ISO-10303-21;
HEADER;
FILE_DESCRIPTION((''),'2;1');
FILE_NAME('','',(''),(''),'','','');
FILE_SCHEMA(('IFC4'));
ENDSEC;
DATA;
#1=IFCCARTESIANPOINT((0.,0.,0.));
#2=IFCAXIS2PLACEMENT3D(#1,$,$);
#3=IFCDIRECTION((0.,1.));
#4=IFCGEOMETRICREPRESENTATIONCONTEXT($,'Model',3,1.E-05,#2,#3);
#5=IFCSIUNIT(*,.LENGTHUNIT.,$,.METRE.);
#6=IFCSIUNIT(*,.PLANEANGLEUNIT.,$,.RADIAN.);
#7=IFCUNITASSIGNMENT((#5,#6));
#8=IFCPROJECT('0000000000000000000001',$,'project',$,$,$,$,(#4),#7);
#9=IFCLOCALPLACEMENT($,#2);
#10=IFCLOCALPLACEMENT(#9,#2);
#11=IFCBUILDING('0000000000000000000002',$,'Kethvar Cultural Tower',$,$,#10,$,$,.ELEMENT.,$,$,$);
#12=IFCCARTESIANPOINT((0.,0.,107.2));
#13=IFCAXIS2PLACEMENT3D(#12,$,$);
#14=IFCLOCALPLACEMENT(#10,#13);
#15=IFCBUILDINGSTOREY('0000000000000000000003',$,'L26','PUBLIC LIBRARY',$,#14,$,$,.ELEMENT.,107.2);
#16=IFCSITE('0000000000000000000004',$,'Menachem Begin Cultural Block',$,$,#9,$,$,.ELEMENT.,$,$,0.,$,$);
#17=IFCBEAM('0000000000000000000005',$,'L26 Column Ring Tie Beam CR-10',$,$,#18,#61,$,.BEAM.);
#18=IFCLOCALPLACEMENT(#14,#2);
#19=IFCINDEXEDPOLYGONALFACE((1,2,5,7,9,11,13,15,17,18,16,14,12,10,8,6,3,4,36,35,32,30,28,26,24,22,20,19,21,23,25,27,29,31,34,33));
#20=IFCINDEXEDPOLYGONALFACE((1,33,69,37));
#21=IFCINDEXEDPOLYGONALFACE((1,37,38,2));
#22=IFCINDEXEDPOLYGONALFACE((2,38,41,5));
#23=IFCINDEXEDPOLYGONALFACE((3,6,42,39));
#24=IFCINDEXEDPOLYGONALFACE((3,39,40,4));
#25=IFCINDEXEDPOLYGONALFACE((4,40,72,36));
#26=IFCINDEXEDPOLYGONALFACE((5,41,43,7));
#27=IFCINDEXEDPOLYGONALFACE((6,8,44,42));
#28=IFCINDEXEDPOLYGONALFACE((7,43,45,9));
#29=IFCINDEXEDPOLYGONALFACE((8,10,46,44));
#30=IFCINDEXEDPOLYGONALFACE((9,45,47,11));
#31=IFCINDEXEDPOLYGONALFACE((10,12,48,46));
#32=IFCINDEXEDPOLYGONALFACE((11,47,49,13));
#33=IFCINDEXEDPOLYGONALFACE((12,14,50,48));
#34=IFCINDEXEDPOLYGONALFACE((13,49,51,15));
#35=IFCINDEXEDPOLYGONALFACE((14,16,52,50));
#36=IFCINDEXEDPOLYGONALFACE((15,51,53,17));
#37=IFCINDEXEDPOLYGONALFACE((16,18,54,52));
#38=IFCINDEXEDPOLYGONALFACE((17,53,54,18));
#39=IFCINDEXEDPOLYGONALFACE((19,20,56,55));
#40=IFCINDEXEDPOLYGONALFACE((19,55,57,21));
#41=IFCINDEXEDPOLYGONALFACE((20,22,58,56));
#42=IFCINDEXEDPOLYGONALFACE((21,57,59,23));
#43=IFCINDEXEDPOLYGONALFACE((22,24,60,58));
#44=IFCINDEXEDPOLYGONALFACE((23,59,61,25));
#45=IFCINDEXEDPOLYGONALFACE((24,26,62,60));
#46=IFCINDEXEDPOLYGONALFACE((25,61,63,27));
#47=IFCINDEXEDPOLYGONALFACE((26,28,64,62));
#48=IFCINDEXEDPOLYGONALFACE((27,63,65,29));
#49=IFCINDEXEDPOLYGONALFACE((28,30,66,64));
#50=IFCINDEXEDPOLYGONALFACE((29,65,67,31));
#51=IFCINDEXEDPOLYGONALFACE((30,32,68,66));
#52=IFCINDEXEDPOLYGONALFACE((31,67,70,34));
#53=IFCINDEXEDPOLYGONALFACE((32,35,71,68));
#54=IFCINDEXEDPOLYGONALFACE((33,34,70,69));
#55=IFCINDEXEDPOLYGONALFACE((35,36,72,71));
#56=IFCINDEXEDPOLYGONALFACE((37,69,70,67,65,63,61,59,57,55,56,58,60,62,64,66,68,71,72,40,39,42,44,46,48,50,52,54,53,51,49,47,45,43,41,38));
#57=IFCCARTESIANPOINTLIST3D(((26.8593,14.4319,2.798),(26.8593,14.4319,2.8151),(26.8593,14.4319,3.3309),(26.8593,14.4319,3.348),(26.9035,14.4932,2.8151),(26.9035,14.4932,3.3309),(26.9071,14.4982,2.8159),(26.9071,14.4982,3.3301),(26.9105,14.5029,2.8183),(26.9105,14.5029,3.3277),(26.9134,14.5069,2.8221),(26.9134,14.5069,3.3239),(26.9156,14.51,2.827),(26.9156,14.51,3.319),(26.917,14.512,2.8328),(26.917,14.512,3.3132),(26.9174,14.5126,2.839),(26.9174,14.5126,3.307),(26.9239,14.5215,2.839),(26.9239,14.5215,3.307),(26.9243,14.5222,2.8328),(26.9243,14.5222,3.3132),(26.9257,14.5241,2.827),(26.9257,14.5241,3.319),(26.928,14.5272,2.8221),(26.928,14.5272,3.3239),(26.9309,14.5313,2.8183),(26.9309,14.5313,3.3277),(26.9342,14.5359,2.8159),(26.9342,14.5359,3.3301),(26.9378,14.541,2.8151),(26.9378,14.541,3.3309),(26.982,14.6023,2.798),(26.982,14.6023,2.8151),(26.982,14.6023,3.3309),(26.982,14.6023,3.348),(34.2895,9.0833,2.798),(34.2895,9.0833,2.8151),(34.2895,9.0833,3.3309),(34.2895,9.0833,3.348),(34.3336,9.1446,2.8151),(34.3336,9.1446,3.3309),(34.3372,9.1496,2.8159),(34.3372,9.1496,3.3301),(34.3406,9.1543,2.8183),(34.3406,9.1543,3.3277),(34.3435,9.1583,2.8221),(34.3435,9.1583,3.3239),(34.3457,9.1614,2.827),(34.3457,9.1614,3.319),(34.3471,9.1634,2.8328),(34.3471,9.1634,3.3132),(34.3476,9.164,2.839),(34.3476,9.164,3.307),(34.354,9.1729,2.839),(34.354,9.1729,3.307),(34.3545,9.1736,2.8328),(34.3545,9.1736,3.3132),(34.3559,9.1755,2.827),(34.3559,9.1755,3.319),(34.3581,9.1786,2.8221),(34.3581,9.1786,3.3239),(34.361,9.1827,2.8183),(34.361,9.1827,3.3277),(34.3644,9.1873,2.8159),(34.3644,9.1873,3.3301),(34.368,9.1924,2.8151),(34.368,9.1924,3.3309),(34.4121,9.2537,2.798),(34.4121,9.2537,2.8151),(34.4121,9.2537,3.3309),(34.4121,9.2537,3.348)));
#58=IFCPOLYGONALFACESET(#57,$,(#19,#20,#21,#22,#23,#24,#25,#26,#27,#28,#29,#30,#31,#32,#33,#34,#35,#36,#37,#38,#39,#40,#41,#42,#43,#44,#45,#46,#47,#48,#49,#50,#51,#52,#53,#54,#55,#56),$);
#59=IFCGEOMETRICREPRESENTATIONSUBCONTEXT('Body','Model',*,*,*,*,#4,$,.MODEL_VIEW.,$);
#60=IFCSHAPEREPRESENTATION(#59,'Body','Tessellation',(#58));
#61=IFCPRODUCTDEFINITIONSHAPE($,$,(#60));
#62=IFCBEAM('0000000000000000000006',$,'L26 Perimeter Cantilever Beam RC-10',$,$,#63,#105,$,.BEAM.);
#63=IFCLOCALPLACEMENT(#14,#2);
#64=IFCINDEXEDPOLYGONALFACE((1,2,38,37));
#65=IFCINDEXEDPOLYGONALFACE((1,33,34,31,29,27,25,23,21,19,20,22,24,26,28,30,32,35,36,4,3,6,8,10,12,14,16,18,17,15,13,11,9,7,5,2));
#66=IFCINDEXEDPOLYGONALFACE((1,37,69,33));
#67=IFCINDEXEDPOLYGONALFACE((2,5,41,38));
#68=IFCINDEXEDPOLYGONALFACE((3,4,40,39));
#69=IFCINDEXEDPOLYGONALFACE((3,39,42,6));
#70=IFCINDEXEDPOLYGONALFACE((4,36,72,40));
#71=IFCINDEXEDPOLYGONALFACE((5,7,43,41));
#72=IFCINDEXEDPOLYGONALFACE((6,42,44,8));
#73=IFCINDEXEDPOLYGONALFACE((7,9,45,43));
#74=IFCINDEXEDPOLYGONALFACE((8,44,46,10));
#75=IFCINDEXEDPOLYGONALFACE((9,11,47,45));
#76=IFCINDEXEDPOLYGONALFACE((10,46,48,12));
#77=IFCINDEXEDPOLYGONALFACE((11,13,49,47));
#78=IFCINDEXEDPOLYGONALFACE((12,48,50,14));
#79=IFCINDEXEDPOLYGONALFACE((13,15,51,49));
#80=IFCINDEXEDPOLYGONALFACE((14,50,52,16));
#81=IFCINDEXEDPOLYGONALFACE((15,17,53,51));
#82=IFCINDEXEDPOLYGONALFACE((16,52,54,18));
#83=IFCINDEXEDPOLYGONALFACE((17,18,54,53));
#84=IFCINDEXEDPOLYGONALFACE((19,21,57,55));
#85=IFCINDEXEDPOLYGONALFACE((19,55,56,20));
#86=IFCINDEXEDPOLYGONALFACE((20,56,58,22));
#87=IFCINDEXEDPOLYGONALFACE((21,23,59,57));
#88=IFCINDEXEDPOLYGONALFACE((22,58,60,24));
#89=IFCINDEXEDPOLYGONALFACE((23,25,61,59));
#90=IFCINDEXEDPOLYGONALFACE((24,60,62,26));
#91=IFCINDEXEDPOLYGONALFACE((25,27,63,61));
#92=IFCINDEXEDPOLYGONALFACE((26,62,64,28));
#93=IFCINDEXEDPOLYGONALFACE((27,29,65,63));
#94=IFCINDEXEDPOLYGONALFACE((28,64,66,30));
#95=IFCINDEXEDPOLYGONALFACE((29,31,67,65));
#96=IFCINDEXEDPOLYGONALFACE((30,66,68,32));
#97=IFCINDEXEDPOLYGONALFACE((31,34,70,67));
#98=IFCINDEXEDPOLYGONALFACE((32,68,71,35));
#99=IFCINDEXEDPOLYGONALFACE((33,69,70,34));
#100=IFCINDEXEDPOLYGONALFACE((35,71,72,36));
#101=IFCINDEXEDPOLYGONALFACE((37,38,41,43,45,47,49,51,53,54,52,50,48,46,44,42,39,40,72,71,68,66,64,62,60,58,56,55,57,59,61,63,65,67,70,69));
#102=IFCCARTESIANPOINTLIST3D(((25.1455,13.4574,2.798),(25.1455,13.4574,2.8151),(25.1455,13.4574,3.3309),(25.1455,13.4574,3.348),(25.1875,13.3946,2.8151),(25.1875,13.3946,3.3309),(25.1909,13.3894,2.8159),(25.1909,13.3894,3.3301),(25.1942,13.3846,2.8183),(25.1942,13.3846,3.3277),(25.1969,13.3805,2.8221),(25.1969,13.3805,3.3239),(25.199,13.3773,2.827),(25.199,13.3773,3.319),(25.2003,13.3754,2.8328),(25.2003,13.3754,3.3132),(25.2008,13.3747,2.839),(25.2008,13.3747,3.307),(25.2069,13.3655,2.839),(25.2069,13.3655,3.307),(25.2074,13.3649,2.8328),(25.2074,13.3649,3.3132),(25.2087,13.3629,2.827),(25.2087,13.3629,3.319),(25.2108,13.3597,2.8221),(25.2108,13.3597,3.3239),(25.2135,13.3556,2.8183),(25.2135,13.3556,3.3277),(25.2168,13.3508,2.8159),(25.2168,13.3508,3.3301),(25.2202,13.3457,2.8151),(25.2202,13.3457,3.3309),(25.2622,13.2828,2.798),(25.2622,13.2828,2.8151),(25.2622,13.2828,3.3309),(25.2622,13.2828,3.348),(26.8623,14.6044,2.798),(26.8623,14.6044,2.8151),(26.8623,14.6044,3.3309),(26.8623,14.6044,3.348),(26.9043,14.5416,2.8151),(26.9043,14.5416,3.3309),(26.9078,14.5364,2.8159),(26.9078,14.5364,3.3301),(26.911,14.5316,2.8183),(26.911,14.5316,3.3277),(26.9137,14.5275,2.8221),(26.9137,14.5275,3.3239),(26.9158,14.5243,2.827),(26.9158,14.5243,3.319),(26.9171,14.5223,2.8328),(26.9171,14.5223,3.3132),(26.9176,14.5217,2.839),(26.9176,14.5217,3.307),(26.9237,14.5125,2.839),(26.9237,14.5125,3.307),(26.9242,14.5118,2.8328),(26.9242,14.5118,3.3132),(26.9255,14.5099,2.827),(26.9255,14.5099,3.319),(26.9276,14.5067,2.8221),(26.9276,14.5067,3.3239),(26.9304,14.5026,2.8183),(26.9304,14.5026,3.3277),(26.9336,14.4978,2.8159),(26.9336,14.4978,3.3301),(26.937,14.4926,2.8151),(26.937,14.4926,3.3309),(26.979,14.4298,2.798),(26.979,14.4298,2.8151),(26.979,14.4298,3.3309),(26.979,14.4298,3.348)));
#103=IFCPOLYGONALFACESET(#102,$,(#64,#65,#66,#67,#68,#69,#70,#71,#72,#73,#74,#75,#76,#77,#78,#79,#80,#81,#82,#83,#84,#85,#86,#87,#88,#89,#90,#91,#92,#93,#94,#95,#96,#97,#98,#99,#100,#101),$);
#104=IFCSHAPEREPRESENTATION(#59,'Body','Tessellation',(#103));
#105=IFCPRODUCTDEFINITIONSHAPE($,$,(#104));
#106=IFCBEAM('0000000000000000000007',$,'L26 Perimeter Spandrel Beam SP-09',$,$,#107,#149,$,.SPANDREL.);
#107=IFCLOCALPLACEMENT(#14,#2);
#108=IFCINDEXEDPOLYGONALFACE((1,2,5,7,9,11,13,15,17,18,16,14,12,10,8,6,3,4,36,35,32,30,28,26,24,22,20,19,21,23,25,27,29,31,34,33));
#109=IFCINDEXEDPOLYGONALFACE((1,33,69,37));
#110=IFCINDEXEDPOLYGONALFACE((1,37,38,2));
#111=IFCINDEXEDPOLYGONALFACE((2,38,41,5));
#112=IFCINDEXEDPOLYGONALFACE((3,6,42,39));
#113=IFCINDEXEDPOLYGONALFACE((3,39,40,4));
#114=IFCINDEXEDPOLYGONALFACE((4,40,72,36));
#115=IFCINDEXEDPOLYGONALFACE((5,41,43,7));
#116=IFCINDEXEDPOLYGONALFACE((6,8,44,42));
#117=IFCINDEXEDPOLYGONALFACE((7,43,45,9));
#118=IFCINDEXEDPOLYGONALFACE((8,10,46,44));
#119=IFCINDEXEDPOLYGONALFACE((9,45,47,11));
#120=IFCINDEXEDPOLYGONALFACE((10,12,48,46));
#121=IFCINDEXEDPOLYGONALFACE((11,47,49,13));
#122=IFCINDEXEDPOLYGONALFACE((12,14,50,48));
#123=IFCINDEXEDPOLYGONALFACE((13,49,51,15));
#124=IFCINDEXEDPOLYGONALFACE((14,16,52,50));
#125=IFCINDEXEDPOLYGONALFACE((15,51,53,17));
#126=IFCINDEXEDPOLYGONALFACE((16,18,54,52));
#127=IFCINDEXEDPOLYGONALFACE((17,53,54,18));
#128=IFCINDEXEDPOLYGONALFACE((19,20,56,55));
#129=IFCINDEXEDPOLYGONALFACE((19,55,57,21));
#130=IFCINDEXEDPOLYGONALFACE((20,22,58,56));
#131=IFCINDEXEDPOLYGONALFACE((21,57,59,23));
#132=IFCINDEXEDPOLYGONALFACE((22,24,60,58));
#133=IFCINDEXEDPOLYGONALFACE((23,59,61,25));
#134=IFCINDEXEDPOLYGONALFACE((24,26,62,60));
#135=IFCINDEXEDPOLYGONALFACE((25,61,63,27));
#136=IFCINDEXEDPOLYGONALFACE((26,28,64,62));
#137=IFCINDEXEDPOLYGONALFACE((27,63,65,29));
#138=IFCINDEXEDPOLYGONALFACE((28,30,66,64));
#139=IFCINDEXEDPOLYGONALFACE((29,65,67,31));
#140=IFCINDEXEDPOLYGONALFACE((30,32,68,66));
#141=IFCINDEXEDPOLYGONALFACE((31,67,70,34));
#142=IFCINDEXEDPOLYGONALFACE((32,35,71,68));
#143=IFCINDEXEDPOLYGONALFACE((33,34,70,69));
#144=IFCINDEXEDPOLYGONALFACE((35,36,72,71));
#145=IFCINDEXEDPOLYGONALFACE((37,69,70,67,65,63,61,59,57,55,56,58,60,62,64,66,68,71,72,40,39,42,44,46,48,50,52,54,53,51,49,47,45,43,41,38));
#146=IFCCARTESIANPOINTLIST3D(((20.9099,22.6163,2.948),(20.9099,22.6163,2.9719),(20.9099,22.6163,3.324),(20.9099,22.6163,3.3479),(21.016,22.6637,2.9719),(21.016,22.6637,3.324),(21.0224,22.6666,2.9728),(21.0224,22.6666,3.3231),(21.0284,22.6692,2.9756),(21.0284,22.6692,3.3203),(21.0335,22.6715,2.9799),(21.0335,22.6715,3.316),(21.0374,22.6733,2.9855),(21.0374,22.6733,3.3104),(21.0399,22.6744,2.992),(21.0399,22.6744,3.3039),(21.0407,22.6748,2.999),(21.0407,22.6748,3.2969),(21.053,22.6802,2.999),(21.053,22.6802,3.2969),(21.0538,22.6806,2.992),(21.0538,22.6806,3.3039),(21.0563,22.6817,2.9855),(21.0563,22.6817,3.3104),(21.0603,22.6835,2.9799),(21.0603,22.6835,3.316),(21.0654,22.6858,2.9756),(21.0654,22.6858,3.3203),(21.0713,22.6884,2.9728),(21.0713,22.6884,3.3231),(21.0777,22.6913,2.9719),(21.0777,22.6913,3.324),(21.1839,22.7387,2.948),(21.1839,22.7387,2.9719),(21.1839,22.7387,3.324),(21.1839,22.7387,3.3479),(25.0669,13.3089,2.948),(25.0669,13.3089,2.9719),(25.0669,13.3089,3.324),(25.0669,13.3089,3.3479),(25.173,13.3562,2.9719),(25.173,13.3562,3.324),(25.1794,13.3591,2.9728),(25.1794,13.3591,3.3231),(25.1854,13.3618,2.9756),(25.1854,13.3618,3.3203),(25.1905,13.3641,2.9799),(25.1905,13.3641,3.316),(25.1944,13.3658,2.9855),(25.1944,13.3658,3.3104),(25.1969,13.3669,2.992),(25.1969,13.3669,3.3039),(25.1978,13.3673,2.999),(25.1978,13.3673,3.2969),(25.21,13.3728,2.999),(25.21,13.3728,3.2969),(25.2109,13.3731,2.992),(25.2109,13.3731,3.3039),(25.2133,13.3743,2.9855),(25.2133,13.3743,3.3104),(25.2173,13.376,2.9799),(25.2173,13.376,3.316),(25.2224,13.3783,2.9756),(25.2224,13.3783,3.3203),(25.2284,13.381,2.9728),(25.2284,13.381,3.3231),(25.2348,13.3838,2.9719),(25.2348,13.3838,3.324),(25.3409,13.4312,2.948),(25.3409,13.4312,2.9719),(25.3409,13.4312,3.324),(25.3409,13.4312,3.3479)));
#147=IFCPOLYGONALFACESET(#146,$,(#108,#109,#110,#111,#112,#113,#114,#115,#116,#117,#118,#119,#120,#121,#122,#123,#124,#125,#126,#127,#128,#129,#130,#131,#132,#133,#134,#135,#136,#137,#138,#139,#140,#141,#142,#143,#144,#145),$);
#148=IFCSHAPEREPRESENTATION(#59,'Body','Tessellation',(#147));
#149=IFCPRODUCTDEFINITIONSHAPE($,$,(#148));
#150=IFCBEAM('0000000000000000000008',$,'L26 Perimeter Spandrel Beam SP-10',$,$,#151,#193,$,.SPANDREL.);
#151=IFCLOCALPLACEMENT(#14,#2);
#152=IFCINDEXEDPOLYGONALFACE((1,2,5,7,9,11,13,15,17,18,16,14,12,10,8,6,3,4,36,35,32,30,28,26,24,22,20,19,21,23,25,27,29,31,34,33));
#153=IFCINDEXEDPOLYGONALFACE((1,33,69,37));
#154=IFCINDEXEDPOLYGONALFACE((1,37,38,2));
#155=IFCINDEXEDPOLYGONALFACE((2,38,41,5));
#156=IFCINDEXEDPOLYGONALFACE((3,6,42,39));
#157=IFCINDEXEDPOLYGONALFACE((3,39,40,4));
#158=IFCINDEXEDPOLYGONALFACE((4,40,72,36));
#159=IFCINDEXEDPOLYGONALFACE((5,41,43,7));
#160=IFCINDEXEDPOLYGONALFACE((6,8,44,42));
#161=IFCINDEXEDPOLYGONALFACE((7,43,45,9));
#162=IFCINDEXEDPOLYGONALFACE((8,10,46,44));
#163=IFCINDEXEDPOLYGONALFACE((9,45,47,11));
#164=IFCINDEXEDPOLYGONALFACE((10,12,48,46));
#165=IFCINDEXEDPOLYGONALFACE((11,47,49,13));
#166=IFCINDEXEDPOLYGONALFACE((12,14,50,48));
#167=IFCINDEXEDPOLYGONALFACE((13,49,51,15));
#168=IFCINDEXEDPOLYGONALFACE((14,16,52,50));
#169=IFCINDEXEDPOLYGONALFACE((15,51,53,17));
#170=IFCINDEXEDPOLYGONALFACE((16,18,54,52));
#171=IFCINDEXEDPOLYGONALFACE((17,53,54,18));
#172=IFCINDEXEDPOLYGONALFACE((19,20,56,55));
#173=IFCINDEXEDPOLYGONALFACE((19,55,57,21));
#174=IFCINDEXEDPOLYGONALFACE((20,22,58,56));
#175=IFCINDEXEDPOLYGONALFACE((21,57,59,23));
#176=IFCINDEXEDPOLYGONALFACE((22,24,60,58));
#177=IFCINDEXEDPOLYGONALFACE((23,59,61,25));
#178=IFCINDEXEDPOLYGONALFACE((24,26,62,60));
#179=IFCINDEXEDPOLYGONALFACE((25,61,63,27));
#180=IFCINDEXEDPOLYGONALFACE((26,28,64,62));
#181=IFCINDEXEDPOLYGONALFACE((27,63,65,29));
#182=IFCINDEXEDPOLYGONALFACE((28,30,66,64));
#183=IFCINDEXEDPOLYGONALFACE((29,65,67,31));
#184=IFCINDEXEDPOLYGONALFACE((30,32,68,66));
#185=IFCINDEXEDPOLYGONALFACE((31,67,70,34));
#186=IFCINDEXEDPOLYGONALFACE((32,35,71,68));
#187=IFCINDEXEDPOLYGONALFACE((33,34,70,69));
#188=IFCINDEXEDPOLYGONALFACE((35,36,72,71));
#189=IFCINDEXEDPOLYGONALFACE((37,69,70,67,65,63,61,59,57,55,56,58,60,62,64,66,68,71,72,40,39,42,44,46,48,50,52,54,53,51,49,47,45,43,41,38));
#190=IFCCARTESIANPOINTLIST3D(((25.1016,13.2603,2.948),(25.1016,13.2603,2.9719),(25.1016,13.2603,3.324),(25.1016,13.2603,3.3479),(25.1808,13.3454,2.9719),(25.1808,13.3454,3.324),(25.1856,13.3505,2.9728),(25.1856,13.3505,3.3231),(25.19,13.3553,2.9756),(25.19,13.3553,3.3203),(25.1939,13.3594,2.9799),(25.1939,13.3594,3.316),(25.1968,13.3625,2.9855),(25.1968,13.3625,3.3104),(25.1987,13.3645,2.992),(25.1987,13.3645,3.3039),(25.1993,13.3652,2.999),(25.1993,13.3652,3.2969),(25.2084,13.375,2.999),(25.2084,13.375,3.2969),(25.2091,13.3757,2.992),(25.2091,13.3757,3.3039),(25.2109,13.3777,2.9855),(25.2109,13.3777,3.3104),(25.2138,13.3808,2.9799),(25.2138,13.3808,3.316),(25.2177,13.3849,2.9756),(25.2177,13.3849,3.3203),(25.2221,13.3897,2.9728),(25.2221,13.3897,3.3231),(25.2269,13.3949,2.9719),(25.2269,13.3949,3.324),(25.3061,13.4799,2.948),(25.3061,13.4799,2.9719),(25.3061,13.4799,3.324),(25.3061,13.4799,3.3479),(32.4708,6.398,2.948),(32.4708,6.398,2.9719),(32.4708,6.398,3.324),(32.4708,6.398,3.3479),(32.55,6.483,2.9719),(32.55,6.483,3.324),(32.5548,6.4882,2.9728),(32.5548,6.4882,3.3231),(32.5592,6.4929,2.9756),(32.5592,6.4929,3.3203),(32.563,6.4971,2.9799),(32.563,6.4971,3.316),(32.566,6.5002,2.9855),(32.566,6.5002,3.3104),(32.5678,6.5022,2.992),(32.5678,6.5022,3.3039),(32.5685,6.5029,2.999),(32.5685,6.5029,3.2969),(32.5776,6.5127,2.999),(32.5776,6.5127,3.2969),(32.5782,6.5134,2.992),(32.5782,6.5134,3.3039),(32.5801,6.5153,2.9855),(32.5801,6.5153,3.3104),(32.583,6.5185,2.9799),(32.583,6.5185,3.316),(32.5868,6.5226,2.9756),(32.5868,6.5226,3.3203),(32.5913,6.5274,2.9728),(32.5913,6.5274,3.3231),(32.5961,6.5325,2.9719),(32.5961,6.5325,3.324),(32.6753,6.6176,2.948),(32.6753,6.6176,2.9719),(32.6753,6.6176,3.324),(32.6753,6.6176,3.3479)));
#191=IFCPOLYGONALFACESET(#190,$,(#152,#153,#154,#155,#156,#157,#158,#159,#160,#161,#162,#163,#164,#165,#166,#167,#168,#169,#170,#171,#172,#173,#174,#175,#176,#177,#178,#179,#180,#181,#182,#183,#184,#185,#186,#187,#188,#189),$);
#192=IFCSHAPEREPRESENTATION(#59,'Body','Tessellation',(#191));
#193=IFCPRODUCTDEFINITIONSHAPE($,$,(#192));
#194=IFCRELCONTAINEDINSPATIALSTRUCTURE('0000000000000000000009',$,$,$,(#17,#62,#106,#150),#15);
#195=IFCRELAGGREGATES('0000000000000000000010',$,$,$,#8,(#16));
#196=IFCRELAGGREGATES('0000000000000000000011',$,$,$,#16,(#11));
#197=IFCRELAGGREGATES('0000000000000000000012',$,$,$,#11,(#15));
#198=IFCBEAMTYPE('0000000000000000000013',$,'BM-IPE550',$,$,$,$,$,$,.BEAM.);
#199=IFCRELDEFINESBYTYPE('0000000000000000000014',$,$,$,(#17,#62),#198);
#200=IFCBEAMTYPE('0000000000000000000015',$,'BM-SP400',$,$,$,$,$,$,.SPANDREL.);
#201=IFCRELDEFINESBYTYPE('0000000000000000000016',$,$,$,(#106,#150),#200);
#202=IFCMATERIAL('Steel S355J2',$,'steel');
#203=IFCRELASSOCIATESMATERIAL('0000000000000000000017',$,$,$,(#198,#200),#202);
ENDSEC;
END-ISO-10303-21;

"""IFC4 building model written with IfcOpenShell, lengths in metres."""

from ifc_helpers import new_model, si_unit, direction, frame, origin, origin_2d, place, context, subcontext, project, spatial, i_section, extrude, source, transform, mapped, material, material_profile, profile_set, type_object, element, save


model = new_model("IFC4")

# Units and contexts
model_context = context("Model", 3, precision=1e-05, world=origin(), true_north=direction((0.0, 1.0)))
body_context = subcontext(model_context, "Body", "Model", "MODEL_VIEW")
ifc_project = project(units=[si_unit("LENGTHUNIT", "METRE"), si_unit("PLANEANGLEUNIT", "RADIAN")], contexts=[model_context])

# Site, building, storey
site_placement = place(None, origin())
site = spatial("IfcSite", under=ifc_project, at=site_placement, Name="Menachem Begin Cultural Block", CompositionType="ELEMENT", RefElevation=0.0)
building_placement = place(site_placement, origin())
building = spatial("IfcBuilding", under=site, at=building_placement, Name="Kethvar Cultural Tower", CompositionType="ELEMENT")
storey_placement = place(building_placement, frame((0.0, 0.0, 107.2)))
storey = spatial("IfcBuildingStorey", under=building, at=storey_placement, Name="L26", Description="PUBLIC LIBRARY", CompositionType="ELEMENT", Elevation=107.2)

# Beams
ifc_material_1 = material(Name="Steel S355J2", Category="steel")
ifc_material_profile_1 = material_profile(ifc_material_1, i_section(OverallWidth=0.21, OverallDepth=0.55, WebThickness=0.011, FlangeThickness=0.0171, FilletRadius=0.0239, at=origin_2d()), Name="Steel S355J2 — IPE550")
ifc_profile_set_1 = profile_set([ifc_material_profile_1], Name="Steel S355J2 — IPE550")
beam_type_1 = type_object("IfcBeamType", Name="BM-IPE550", PredefinedType="BEAM", material=ifc_profile_set_1)
shared_shape_1 = source(origin(), body_context, "Body", "SweptSolid", [
    extrude(i_section(OverallWidth=0.21, OverallDepth=0.55, WebThickness=0.011, FlangeThickness=0.0171, FilletRadius=0.0239, at=origin_2d()), origin(), (0.0, 0.0, 1.0), 9.155),
])
beam_1_placement = place(storey_placement, frame((26.9207, 14.5171, 3.073), z_axis=(0.811591, -0.584226, 0.0), x_axis=(0.584226, 0.811591, 0.0)))
element("IfcBeam", 1, at=beam_1_placement, inside=storey, type_object=beam_type_1, Name="L26 Column Ring Tie Beam CR-10", PredefinedType="BEAM", context=body_context, shape_type="MappedRepresentation", body=[
    mapped(shared_shape_1, transform((0.0, 0.0, 0.0), scale=1.0)),
])
shared_shape_2 = source(origin(), body_context, "Body", "SweptSolid", [
    extrude(i_section(OverallWidth=0.21, OverallDepth=0.55, WebThickness=0.011, FlangeThickness=0.0171, FilletRadius=0.0239, at=origin_2d()), origin(), (0.0, 0.0, 1.0), 2.0647),
])
beam_2_placement = place(storey_placement, frame((26.9207, 14.5171, 3.073), z_axis=(-0.831504, -0.555519, 0.0), x_axis=(0.555519, -0.831504, 0.0)))
element("IfcBeam", 2, at=beam_2_placement, inside=storey, type_object=beam_type_1, Name="L26 Perimeter Cantilever Beam RC-10", PredefinedType="BEAM", context=body_context, shape_type="MappedRepresentation", body=[
    mapped(shared_shape_2, transform((0.0, 0.0, 0.0), scale=1.0)),
])
ifc_material_profile_2 = material_profile(ifc_material_1, i_section(OverallWidth=0.3, OverallDepth=0.3999, WebThickness=0.0134, FlangeThickness=0.0239, FilletRadius=0.0271, at=origin_2d()), Name="Steel S355J2 — HEB400")
ifc_profile_set_2 = profile_set([ifc_material_profile_2], Name="Steel S355J2 — HEB400")
beam_type_2 = type_object("IfcBeamType", Name="BM-SP400", PredefinedType="SPANDREL", material=ifc_profile_set_2)
shared_shape_3 = source(origin(), body_context, "Body", "SweptSolid", [
    extrude(i_section(OverallWidth=0.3, OverallDepth=0.3999, WebThickness=0.0134, FlangeThickness=0.0239, FilletRadius=0.0271, at=origin_2d()), origin(), (0.0, 0.0, 1.0), 10.1936),
])
beam_3_placement = place(storey_placement, frame((21.0469, 22.6775, 3.1479), z_axis=(0.407807, -0.913068, 0.0), x_axis=(0.913068, 0.407807, 0.0)))
element("IfcBeam", 3, at=beam_3_placement, inside=storey, type_object=beam_type_2, Name="L26 Perimeter Spandrel Beam SP-09", PredefinedType="SPANDREL", context=body_context, shape_type="MappedRepresentation", body=[
    mapped(shared_shape_3, transform((0.0, 0.0, 0.0), scale=1.0)),
])
shared_shape_4 = source(origin(), body_context, "Body", "SweptSolid", [
    extrude(i_section(OverallWidth=0.3, OverallDepth=0.3999, WebThickness=0.0134, FlangeThickness=0.0239, FilletRadius=0.0271, at=origin_2d()), origin(), (0.0, 0.0, 1.0), 10.0696),
])
beam_4_placement = place(storey_placement, frame((25.2039, 13.3701, 3.1479), z_axis=(0.731826, -0.681492, 0.0), x_axis=(0.681492, 0.731826, 0.0)))
element("IfcBeam", 4, at=beam_4_placement, inside=storey, type_object=beam_type_2, Name="L26 Perimeter Spandrel Beam SP-10", PredefinedType="SPANDREL", context=body_context, shape_type="MappedRepresentation", body=[
    mapped(shared_shape_4, transform((0.0, 0.0, 0.0), scale=1.0)),
])

save(model, "model.ifc")
